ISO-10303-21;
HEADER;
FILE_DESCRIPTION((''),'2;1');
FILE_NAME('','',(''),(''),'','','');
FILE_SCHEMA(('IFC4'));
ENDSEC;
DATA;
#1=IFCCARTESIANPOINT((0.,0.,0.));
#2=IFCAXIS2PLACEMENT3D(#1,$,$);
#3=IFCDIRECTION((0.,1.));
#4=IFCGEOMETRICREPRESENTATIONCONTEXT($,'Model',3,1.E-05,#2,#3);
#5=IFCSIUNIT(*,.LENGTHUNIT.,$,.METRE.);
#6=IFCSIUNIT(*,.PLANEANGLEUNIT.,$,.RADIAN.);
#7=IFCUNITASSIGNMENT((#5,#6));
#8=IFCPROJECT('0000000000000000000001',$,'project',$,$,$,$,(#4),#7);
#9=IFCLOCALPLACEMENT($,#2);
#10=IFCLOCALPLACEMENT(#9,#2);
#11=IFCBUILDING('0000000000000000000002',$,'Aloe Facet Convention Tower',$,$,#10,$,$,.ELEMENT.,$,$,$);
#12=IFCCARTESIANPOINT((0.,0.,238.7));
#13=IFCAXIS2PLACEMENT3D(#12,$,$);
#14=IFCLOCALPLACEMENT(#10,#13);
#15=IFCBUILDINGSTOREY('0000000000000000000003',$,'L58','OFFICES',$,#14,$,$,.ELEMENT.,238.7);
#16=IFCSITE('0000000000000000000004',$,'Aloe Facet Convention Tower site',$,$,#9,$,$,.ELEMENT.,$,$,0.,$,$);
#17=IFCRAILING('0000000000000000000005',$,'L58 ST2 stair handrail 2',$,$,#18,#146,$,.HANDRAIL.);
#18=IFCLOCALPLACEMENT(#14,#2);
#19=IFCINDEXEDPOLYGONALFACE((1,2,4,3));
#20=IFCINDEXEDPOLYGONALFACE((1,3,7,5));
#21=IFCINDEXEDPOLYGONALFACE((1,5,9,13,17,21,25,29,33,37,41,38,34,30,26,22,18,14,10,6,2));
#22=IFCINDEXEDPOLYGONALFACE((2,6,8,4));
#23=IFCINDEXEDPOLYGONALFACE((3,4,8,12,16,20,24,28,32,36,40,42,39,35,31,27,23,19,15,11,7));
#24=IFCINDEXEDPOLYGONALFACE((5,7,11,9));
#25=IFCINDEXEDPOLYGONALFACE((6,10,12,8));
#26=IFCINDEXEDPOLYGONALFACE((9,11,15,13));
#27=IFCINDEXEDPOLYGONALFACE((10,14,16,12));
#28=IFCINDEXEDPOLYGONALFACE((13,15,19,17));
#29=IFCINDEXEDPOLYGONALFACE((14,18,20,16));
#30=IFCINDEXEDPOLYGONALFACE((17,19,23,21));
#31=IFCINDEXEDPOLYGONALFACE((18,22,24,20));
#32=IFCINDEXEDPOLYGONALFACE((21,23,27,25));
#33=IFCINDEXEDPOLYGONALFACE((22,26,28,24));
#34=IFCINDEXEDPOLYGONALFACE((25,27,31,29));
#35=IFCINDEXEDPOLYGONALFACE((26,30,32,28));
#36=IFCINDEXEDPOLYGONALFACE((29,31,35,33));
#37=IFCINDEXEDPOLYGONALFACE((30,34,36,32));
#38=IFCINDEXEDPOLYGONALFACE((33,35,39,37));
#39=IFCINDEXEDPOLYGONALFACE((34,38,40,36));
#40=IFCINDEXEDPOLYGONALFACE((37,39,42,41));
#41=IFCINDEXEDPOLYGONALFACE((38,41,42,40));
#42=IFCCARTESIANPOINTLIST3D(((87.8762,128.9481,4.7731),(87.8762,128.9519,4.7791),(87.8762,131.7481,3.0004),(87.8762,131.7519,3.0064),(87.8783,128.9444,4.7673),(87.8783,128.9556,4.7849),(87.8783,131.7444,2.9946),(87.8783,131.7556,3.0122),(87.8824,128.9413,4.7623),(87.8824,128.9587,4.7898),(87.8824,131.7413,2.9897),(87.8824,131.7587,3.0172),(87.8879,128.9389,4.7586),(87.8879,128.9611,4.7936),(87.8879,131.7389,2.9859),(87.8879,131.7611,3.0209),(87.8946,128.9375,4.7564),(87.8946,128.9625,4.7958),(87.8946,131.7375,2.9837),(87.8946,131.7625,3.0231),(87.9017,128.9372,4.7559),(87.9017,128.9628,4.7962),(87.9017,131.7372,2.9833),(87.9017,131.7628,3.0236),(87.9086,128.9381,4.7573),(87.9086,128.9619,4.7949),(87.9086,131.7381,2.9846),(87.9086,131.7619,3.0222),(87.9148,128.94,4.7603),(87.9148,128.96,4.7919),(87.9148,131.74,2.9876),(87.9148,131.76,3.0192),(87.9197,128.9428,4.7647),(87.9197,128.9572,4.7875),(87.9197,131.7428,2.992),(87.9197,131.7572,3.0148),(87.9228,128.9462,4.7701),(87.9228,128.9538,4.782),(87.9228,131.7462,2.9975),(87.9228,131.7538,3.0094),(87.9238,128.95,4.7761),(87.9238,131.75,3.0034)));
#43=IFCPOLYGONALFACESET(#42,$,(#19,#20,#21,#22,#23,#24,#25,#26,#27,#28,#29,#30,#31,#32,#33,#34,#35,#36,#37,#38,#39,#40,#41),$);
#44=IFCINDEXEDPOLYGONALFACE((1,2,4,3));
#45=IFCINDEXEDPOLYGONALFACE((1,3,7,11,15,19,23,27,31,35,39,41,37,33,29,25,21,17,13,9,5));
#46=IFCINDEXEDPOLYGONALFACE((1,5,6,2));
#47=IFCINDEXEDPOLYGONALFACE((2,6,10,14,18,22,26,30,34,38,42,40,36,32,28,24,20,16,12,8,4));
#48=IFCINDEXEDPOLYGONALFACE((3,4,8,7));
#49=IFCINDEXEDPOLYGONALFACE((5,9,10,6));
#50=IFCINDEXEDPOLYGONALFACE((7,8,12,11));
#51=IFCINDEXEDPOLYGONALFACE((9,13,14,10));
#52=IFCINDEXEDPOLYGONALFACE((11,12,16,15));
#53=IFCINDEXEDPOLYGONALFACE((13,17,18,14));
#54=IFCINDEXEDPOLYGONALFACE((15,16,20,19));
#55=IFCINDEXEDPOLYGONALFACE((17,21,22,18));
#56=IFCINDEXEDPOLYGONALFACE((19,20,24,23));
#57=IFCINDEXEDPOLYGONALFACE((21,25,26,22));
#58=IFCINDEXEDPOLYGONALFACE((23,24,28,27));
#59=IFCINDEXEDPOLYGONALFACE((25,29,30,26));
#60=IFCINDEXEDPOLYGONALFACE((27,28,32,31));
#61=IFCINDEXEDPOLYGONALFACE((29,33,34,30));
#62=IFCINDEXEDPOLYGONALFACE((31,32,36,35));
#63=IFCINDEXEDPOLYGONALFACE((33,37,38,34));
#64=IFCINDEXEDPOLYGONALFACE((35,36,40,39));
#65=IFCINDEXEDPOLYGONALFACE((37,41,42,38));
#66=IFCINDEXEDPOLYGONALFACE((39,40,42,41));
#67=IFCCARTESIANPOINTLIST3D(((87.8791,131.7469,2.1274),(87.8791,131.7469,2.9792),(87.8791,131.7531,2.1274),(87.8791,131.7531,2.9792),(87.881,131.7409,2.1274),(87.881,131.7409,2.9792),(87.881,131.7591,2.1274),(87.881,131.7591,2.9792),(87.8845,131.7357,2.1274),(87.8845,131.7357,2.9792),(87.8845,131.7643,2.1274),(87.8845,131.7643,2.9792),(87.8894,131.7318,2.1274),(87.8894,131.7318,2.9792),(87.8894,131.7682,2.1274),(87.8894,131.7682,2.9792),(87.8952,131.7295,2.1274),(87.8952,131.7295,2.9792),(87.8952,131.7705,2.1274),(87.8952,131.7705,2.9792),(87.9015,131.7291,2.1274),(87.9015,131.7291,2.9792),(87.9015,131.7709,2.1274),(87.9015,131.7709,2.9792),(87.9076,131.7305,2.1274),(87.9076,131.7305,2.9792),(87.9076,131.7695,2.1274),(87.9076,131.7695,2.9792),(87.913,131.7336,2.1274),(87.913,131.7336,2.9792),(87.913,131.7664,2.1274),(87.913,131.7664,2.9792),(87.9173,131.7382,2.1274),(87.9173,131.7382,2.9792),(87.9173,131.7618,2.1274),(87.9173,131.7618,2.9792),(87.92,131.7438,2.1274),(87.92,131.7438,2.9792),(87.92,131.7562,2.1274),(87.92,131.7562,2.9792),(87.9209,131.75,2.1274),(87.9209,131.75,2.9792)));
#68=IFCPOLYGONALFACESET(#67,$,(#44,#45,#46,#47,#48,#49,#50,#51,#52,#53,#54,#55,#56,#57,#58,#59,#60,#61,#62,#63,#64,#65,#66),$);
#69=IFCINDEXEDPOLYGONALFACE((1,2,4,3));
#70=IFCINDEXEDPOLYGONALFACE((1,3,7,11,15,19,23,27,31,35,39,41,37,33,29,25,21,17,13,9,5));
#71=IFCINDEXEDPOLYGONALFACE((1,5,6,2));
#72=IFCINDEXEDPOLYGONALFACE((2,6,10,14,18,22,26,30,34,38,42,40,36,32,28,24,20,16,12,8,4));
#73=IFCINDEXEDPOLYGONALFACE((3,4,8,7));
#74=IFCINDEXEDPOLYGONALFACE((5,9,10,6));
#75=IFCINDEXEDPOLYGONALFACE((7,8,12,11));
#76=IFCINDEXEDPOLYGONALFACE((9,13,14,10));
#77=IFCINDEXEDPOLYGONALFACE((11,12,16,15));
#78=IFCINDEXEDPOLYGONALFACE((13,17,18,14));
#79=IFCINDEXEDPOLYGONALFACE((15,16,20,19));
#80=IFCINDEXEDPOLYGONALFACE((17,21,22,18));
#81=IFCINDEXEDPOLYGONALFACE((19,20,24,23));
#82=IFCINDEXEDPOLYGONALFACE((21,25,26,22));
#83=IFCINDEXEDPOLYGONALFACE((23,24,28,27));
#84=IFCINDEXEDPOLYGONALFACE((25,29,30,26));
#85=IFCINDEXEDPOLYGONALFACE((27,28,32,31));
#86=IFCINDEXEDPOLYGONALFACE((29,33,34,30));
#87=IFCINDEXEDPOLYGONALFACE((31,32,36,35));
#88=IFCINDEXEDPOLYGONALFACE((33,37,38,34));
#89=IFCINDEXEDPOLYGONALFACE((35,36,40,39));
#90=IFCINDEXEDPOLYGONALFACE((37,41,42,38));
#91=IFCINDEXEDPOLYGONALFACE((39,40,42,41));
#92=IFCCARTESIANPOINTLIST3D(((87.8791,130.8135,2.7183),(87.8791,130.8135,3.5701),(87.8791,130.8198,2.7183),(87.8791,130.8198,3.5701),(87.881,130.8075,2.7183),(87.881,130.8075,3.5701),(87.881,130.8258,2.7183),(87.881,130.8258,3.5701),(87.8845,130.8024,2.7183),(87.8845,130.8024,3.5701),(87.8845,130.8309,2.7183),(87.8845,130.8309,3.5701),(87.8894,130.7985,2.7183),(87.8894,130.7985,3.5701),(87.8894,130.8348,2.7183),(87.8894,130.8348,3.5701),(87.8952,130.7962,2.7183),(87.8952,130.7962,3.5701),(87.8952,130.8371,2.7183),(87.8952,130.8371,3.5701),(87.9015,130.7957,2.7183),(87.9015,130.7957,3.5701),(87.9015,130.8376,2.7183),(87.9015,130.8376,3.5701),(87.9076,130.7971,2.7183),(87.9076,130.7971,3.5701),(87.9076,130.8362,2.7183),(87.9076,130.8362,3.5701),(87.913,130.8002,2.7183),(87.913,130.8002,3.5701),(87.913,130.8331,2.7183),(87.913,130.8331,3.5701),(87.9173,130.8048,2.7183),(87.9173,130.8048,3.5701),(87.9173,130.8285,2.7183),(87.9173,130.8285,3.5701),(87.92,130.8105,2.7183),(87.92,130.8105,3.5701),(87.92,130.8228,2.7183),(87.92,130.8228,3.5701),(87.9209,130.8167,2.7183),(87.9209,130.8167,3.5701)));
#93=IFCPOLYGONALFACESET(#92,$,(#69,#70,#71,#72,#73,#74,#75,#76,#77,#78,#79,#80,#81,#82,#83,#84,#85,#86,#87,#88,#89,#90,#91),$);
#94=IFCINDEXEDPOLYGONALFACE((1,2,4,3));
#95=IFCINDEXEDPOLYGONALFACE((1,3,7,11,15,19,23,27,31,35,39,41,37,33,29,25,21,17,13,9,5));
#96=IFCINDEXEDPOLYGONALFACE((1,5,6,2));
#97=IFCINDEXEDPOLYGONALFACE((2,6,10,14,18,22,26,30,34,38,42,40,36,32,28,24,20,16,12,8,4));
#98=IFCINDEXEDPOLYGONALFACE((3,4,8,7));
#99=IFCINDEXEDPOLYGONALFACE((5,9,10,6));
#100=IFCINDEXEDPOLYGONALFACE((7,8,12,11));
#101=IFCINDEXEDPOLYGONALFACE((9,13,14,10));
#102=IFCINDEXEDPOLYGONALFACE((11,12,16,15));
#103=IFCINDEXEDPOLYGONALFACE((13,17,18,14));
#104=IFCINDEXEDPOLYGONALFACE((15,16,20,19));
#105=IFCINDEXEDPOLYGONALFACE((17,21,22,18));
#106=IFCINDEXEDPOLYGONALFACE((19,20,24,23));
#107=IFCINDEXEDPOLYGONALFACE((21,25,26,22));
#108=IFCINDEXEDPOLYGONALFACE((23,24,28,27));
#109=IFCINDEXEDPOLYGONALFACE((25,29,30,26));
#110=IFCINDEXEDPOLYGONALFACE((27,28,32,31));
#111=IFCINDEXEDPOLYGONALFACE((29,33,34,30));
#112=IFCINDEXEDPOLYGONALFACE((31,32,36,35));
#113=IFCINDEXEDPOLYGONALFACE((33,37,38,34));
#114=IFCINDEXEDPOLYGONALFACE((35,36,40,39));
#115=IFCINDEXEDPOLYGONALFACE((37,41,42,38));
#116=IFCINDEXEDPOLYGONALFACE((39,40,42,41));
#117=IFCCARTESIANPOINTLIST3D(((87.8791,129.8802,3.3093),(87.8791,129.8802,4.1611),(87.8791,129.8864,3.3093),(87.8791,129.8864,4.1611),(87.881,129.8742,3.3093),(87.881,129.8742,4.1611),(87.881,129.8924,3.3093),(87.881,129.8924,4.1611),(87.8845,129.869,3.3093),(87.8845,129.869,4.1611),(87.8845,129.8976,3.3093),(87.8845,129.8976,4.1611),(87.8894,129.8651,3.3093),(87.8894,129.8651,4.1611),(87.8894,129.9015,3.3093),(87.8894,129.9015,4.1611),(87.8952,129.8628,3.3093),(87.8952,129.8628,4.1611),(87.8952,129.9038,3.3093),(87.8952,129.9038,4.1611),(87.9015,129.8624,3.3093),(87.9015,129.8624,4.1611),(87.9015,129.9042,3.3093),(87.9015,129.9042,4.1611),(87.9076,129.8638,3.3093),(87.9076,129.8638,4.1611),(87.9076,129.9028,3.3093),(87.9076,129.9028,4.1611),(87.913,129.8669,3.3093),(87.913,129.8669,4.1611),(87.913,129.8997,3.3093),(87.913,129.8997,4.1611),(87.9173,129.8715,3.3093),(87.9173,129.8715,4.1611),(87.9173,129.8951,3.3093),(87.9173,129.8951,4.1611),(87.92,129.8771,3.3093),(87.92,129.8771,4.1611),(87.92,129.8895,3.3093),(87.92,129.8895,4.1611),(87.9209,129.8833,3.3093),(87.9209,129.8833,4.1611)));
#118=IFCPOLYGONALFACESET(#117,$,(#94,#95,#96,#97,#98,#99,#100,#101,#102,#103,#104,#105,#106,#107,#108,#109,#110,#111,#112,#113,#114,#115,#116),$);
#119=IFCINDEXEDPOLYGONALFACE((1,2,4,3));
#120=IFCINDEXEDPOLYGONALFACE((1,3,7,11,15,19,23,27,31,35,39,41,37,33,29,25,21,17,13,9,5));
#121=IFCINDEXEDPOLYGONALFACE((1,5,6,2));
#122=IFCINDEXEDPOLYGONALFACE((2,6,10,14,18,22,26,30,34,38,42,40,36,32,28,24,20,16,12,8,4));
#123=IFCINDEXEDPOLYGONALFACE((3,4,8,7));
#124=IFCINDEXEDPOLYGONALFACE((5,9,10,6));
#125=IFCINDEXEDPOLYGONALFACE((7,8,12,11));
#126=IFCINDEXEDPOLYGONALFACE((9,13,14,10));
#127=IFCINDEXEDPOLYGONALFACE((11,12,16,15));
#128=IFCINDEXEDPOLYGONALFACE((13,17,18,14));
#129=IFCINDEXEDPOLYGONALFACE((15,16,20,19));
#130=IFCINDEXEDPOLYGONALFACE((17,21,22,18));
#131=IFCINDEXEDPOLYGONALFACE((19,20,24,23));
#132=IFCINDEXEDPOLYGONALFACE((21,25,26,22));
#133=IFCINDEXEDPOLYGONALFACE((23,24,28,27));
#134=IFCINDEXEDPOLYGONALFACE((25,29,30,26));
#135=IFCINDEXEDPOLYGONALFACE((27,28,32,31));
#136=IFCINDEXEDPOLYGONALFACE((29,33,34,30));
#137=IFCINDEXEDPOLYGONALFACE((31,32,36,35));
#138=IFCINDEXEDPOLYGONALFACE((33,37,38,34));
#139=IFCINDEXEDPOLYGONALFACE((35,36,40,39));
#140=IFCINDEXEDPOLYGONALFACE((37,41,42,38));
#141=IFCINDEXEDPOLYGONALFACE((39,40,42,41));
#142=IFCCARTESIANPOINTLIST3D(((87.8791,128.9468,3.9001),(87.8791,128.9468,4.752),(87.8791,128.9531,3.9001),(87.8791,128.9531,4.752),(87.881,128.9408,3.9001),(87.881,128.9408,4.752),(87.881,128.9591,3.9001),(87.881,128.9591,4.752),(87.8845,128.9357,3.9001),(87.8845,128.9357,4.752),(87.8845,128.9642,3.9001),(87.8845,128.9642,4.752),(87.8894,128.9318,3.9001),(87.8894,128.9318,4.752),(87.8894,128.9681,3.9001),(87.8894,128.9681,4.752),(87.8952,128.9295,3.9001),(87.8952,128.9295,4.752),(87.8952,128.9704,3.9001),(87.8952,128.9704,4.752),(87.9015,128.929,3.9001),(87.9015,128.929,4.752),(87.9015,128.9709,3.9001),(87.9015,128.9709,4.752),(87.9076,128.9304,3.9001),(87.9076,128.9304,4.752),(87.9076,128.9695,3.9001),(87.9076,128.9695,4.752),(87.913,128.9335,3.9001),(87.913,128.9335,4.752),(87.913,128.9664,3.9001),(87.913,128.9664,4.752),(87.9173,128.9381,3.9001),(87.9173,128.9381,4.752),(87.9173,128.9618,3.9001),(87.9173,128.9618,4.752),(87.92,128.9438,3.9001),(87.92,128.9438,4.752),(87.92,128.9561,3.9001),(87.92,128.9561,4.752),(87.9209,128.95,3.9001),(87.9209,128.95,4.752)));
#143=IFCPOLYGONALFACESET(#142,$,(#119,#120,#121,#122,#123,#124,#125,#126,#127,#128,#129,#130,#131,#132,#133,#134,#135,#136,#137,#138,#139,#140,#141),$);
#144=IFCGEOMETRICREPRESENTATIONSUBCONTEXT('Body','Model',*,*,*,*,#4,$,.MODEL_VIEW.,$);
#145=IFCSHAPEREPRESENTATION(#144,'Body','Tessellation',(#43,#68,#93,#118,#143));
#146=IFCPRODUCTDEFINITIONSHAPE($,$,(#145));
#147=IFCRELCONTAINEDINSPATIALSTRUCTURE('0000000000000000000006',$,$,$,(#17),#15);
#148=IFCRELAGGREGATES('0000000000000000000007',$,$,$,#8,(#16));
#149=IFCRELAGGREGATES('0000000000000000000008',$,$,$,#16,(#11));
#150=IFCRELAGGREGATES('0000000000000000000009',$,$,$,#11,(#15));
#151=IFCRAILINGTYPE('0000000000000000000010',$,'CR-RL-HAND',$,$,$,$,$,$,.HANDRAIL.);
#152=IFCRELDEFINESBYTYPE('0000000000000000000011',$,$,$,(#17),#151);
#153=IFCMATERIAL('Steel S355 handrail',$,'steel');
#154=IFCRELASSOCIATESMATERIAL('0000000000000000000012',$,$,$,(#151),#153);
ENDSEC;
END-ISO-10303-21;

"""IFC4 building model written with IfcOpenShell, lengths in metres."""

from ifc_helpers import new_model, si_unit, direction, frame, origin, origin_2d, place, context, subcontext, project, spatial, circle, extrude, material, type_object, element, save


model = new_model("IFC4")

# Units and contexts
model_context = context("Model", 3, precision=1e-05, world=origin(), true_north=direction((0.0, 1.0)))
body_context = subcontext(model_context, "Body", "Model", "MODEL_VIEW")
ifc_project = project(units=[si_unit("LENGTHUNIT", "METRE"), si_unit("PLANEANGLEUNIT", "RADIAN")], contexts=[model_context])

# Site, building, storey
site_placement = place(None, origin())
site = spatial("IfcSite", under=ifc_project, at=site_placement, Name="Aloe Facet Convention Tower site", CompositionType="ELEMENT", RefElevation=0.0)
building_placement = place(site_placement, origin())
building = spatial("IfcBuilding", under=site, at=building_placement, Name="Aloe Facet Convention Tower", CompositionType="ELEMENT")
storey_placement = place(building_placement, frame((0.0, 0.0, 238.7)))
storey = spatial("IfcBuildingStorey", under=building, at=storey_placement, Name="L58", Description="OFFICES", CompositionType="ELEMENT", Elevation=238.7)

# Railing
ifc_material_1 = material(Name="Steel S355 handrail", Category="steel")
railing_type_1 = type_object("IfcRailingType", Name="CR-RL-HAND", PredefinedType="HANDRAIL", material=ifc_material_1)
railing_1_placement = place(storey_placement, frame((87.8999, 131.75, 2.1274)))
element("IfcRailing", 1, at=railing_1_placement, inside=storey, type_object=railing_type_1, Name="L58 ST2 stair handrail 2", PredefinedType="HANDRAIL", context=body_context, shape_type="SweptSolid", body=[
    extrude(circle(Radius=0.0239, at=origin_2d()), frame((0.0, 0.0, 0.876), z_axis=(0.0, -0.844909, 0.53491), x_axis=(1.0, 0.0, 0.0)), (0.0, 0.0, 1.0), 3.314),
    extrude(circle(Radius=0.021, at=origin_2d()), origin(), (0.0, 0.0, 1.0), 0.8518),
    extrude(circle(Radius=0.021, at=origin_2d()), frame((0.0, -0.9333, 0.5908)), (0.0, 0.0, 1.0), 0.8518),
    extrude(circle(Radius=0.021, at=origin_2d()), frame((0.0, -1.8667, 1.1819)), (0.0, 0.0, 1.0), 0.8518),
    extrude(circle(Radius=0.021, at=origin_2d()), frame((0.0, -2.8, 1.7727)), (0.0, 0.0, 1.0), 0.8518),
])

save(model, "model.ifc")
